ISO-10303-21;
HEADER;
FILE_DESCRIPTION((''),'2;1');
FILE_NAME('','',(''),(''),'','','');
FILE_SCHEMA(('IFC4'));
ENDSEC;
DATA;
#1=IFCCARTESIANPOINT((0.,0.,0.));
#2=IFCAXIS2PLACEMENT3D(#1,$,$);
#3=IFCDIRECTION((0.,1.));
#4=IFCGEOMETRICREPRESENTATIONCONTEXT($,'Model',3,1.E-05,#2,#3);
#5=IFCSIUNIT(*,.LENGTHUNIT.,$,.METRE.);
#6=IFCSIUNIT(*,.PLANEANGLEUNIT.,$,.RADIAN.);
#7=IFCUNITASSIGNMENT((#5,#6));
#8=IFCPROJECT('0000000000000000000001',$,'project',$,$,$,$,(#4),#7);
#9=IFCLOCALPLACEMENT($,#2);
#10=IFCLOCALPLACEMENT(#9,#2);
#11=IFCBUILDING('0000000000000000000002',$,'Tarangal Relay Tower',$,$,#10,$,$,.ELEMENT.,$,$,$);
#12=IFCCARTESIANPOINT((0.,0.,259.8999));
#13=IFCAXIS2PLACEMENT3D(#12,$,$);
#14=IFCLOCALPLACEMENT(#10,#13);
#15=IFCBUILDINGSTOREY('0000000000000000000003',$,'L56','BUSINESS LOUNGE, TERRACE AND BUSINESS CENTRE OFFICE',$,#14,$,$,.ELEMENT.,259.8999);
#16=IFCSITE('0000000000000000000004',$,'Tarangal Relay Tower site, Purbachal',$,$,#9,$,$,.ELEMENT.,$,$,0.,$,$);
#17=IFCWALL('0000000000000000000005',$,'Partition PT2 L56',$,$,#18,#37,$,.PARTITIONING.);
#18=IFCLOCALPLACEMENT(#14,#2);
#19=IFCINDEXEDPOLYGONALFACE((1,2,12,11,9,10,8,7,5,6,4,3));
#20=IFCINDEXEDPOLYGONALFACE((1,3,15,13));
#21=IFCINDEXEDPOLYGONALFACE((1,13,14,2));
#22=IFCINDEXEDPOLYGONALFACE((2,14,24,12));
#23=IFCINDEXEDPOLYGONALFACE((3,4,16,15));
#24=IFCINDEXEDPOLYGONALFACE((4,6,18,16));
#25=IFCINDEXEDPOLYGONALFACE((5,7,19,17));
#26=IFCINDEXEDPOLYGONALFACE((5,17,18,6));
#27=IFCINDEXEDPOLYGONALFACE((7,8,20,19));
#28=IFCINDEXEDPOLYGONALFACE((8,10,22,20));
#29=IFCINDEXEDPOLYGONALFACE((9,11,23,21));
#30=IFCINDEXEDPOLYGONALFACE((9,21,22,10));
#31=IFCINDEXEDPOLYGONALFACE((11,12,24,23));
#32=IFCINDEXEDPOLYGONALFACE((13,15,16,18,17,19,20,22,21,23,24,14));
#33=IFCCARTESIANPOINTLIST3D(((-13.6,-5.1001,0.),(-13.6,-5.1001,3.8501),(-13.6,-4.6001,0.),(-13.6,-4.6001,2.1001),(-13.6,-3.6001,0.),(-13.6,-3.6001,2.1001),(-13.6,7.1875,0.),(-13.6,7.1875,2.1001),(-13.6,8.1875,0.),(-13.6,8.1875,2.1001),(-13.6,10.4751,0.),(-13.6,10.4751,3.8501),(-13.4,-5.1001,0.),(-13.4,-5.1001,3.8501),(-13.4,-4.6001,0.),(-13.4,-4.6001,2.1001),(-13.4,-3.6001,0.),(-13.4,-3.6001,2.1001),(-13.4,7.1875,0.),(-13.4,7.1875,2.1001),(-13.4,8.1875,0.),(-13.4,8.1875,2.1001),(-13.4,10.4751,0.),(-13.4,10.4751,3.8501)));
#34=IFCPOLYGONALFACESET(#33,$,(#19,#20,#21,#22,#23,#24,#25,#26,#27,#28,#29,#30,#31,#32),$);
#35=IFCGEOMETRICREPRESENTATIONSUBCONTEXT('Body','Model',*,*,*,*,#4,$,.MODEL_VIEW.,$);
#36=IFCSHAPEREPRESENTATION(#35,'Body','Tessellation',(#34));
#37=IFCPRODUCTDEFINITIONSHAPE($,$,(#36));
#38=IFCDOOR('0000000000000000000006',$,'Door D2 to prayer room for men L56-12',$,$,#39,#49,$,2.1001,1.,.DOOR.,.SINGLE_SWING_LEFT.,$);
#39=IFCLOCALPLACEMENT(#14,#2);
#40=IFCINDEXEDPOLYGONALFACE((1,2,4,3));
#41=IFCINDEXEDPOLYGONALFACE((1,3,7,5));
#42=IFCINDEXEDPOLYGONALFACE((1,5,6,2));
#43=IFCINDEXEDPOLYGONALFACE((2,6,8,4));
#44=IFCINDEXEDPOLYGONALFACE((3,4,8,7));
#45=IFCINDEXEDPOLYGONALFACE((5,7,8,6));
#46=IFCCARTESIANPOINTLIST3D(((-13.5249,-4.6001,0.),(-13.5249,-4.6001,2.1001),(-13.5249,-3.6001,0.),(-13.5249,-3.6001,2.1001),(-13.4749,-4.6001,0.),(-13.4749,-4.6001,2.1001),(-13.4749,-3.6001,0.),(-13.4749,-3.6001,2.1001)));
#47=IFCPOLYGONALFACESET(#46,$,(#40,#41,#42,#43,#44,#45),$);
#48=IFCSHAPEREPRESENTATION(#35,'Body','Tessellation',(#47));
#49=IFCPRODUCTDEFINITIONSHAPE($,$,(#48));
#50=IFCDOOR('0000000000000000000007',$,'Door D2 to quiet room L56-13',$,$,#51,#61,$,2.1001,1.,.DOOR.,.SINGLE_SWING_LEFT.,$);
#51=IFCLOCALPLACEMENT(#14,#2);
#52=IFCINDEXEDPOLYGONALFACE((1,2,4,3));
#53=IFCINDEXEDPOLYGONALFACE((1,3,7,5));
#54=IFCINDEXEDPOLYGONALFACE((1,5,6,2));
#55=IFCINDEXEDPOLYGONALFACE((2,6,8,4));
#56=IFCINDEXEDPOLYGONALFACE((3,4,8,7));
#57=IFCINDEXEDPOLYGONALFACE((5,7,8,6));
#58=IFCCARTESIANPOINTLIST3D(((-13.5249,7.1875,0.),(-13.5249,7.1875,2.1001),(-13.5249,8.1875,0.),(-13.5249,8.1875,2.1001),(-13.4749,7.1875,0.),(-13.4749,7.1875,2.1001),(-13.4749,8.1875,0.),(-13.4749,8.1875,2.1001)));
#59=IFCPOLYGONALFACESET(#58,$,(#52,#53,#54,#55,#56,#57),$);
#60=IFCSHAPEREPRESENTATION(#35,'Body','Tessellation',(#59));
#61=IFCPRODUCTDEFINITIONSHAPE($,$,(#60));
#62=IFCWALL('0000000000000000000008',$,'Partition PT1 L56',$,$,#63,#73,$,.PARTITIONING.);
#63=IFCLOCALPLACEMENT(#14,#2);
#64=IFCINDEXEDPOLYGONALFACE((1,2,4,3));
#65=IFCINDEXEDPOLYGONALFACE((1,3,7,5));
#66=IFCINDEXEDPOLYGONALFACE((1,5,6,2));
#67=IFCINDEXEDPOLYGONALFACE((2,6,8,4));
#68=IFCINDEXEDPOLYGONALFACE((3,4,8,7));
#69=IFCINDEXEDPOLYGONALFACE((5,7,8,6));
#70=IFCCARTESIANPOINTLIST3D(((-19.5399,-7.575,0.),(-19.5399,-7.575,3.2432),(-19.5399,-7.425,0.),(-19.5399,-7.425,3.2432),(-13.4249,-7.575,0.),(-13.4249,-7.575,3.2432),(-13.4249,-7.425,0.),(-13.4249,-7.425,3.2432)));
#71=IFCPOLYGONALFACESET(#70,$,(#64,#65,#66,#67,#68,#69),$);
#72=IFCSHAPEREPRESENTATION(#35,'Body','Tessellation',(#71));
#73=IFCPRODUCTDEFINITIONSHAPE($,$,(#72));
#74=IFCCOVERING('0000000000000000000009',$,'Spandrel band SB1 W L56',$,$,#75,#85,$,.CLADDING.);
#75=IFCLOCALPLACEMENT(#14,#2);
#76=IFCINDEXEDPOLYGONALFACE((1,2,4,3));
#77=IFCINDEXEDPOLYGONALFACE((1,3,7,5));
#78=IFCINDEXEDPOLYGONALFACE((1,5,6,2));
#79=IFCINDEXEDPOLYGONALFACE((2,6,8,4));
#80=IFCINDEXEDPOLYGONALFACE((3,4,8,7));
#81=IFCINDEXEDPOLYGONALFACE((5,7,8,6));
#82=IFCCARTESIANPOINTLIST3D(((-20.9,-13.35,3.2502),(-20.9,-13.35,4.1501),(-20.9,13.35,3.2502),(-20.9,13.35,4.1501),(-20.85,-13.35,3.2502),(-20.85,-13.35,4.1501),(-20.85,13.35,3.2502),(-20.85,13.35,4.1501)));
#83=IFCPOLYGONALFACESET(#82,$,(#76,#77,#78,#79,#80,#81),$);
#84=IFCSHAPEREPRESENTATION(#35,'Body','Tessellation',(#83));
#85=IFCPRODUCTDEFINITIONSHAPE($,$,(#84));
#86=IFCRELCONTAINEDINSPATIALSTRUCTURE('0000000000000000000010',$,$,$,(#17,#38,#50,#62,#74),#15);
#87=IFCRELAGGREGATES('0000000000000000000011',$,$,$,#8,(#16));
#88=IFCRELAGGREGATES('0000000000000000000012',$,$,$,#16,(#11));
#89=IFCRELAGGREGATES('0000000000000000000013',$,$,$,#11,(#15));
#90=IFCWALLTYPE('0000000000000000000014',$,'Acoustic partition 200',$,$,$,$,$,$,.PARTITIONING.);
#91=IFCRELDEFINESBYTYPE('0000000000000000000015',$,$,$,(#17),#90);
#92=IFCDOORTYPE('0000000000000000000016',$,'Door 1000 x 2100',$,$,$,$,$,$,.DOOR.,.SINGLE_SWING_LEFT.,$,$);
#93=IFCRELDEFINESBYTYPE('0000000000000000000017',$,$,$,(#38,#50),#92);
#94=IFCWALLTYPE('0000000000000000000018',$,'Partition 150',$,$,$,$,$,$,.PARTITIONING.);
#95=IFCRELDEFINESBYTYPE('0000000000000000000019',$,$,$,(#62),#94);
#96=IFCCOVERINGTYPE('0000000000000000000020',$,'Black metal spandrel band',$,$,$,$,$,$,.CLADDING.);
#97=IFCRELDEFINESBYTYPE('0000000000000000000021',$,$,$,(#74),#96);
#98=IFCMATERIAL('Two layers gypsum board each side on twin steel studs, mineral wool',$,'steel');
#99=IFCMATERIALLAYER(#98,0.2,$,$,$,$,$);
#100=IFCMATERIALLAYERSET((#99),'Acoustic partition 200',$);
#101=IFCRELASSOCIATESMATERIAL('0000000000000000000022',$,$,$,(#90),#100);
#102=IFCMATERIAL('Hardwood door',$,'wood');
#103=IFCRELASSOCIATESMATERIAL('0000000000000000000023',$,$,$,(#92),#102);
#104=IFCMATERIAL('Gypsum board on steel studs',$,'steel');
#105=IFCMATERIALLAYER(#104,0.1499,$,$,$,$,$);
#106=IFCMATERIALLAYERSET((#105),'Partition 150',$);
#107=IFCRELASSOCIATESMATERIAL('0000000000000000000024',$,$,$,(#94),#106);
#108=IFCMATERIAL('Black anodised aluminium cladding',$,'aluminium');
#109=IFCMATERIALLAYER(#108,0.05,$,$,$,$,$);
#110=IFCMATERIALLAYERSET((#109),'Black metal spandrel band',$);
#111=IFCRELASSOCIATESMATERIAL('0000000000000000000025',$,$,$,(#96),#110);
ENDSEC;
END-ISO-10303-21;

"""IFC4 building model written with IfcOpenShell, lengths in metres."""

from ifc_helpers import new_model, si_unit, direction, frame, frame_2d, origin, origin_2d, place, context, subcontext, project, spatial, rectangle, extrude, material, layer, layer_set, type_object, element, fill, save


model = new_model("IFC4")

# Units and contexts
model_context = context("Model", 3, precision=1e-05, world=origin(), true_north=direction((0.0, 1.0)))
body_context = subcontext(model_context, "Body", "Model", "MODEL_VIEW")
ifc_project = project(units=[si_unit("LENGTHUNIT", "METRE"), si_unit("PLANEANGLEUNIT", "RADIAN")], contexts=[model_context])

# Site, building, storey
site_placement = place(None, origin())
site = spatial("IfcSite", under=ifc_project, at=site_placement, Name="Tarangal Relay Tower site, Purbachal", CompositionType="ELEMENT", RefElevation=0.0)
building_placement = place(site_placement, origin())
building = spatial("IfcBuilding", under=site, at=building_placement, Name="Tarangal Relay Tower", CompositionType="ELEMENT")
storey_placement = place(building_placement, frame((0.0, 0.0, 259.8999)))
storey = spatial("IfcBuildingStorey", under=building, at=storey_placement, Name="L56", Description="BUSINESS LOUNGE, TERRACE AND BUSINESS CENTRE OFFICE", CompositionType="ELEMENT", Elevation=259.8999)

# Shared definitions
ifc_material_1 = material(Name="Two layers gypsum board each side on twin steel studs, mineral wool", Category="steel")
ifc_layer_1 = layer(ifc_material_1, 0.2)
ifc_layer_set_1 = layer_set([ifc_layer_1], Name="Acoustic partition 200")
wall_type_1 = type_object("IfcWallType", Name="Acoustic partition 200", PredefinedType="PARTITIONING", material=ifc_layer_set_1)

# Wall, openings, doors
wall_1_placement = place(storey_placement, frame((-13.5, -5.1001, 0.0), z_axis=(0.0, 0.0, 1.0), x_axis=(0.0, 1.0, 0.0)))
wall_1 = element("IfcWall", 1, at=wall_1_placement, inside=storey, type_object=wall_type_1, Name="Partition PT2 L56", PredefinedType="PARTITIONING", context=body_context, shape_type="SweptSolid", body=[
    extrude(rectangle(XDim=15.5752, YDim=0.2, at=frame_2d((7.7876, 0.0))), origin(), (0.0, 0.0, 1.0), 3.8501),
])
opening_1_placement = place(wall_1_placement, frame((0.5, 0.0, 0.0)))
opening_1 = element("IfcOpeningElement", 2, at=opening_1_placement, cuts=wall_1, PredefinedType="OPENING", context=body_context, shape_type="SweptSolid", body=[
    extrude(rectangle(XDim=1.0, YDim=2.1001, at=frame_2d((0.5, 1.05))), frame((0.0, 0.1099, 0.0), z_axis=(0.0, -1.0, 0.0), x_axis=(1.0, 0.0, 0.0)), (0.0, 0.0, 1.0), 0.22),
])
opening_2_placement = place(wall_1_placement, frame((12.2876, 0.0, 0.0)))
opening_2 = element("IfcOpeningElement", 3, at=opening_2_placement, cuts=wall_1, PredefinedType="OPENING", context=body_context, shape_type="SweptSolid", body=[
    extrude(rectangle(XDim=1.0, YDim=2.1001, at=frame_2d((0.5, 1.05))), frame((0.0, 0.1099, 0.0), z_axis=(0.0, -1.0, 0.0), x_axis=(1.0, 0.0, 0.0)), (0.0, 0.0, 1.0), 0.22),
])
ifc_material_2 = material(Name="Hardwood door", Category="wood")
door_type = type_object("IfcDoorType", Name="Door 1000 x 2100", OperationType="SINGLE_SWING_LEFT", PredefinedType="DOOR", material=ifc_material_2)
door_1_placement = place(opening_1_placement, origin())
door_1 = element("IfcDoor", 4, at=door_1_placement, inside=storey, type_object=door_type, Name="Door D2 to prayer room for men L56-12", OperationType="SINGLE_SWING_LEFT", OverallHeight=2.1001, OverallWidth=1.0, PredefinedType="DOOR", context=body_context, shape_type="SweptSolid", body=[
    extrude(rectangle(XDim=1.0, YDim=2.1001, at=frame_2d((0.5, 1.05))), frame((0.0, 0.0249, 0.0), z_axis=(0.0, -1.0, 0.0), x_axis=(1.0, 0.0, 0.0)), (0.0, 0.0, 1.0), 0.05),
])
fill(opening_1, door_1)
door_2_placement = place(opening_2_placement, origin())
door_2 = element("IfcDoor", 5, at=door_2_placement, inside=storey, type_object=door_type, Name="Door D2 to quiet room L56-13", OperationType="SINGLE_SWING_LEFT", OverallHeight=2.1001, OverallWidth=1.0, PredefinedType="DOOR", context=body_context, shape_type="SweptSolid", body=[
    extrude(rectangle(XDim=1.0, YDim=2.1001, at=frame_2d((0.5, 1.05))), frame((0.0, 0.0249, 0.0), z_axis=(0.0, -1.0, 0.0), x_axis=(1.0, 0.0, 0.0)), (0.0, 0.0, 1.0), 0.05),
])
fill(opening_2, door_2)

# Wall
ifc_material_3 = material(Name="Gypsum board on steel studs", Category="steel")
ifc_layer_2 = layer(ifc_material_3, 0.1499)
ifc_layer_set_2 = layer_set([ifc_layer_2], Name="Partition 150")
wall_type_2 = type_object("IfcWallType", Name="Partition 150", PredefinedType="PARTITIONING", material=ifc_layer_set_2)
wall_2_placement = place(storey_placement, frame((-19.54, -7.5, 0.0), z_axis=(0.0, 0.0, 1.0), x_axis=(1.0, 0.0, 0.0)))
element("IfcWall", 6, at=wall_2_placement, inside=storey, type_object=wall_type_2, Name="Partition PT1 L56", PredefinedType="PARTITIONING", context=body_context, shape_type="SweptSolid", body=[
    extrude(rectangle(XDim=6.115, YDim=0.1499, at=frame_2d((3.0576, 0.0))), origin(), (0.0, 0.0, 1.0), 3.2432),
])

# Covering
ifc_material_4 = material(Name="Black anodised aluminium cladding", Category="aluminium")
ifc_layer_3 = layer(ifc_material_4, 0.05)
ifc_layer_set_3 = layer_set([ifc_layer_3], Name="Black metal spandrel band")
covering_type = type_object("IfcCoveringType", Name="Black metal spandrel band", PredefinedType="CLADDING", material=ifc_layer_set_3)
covering_placement = place(storey_placement, frame((-20.875, 0.0, 3.2502), z_axis=(0.0, 0.0, 1.0), x_axis=(0.0, 1.0, 0.0)))
element("IfcCovering", 7, at=covering_placement, inside=storey, type_object=covering_type, Name="Spandrel band SB1 W L56", PredefinedType="CLADDING", context=body_context, shape_type="SweptSolid", body=[
    extrude(rectangle(XDim=26.7, YDim=0.05, at=origin_2d()), origin(), (0.0, 0.0, 1.0), 0.8999),
])

save(model, "model.ifc")
